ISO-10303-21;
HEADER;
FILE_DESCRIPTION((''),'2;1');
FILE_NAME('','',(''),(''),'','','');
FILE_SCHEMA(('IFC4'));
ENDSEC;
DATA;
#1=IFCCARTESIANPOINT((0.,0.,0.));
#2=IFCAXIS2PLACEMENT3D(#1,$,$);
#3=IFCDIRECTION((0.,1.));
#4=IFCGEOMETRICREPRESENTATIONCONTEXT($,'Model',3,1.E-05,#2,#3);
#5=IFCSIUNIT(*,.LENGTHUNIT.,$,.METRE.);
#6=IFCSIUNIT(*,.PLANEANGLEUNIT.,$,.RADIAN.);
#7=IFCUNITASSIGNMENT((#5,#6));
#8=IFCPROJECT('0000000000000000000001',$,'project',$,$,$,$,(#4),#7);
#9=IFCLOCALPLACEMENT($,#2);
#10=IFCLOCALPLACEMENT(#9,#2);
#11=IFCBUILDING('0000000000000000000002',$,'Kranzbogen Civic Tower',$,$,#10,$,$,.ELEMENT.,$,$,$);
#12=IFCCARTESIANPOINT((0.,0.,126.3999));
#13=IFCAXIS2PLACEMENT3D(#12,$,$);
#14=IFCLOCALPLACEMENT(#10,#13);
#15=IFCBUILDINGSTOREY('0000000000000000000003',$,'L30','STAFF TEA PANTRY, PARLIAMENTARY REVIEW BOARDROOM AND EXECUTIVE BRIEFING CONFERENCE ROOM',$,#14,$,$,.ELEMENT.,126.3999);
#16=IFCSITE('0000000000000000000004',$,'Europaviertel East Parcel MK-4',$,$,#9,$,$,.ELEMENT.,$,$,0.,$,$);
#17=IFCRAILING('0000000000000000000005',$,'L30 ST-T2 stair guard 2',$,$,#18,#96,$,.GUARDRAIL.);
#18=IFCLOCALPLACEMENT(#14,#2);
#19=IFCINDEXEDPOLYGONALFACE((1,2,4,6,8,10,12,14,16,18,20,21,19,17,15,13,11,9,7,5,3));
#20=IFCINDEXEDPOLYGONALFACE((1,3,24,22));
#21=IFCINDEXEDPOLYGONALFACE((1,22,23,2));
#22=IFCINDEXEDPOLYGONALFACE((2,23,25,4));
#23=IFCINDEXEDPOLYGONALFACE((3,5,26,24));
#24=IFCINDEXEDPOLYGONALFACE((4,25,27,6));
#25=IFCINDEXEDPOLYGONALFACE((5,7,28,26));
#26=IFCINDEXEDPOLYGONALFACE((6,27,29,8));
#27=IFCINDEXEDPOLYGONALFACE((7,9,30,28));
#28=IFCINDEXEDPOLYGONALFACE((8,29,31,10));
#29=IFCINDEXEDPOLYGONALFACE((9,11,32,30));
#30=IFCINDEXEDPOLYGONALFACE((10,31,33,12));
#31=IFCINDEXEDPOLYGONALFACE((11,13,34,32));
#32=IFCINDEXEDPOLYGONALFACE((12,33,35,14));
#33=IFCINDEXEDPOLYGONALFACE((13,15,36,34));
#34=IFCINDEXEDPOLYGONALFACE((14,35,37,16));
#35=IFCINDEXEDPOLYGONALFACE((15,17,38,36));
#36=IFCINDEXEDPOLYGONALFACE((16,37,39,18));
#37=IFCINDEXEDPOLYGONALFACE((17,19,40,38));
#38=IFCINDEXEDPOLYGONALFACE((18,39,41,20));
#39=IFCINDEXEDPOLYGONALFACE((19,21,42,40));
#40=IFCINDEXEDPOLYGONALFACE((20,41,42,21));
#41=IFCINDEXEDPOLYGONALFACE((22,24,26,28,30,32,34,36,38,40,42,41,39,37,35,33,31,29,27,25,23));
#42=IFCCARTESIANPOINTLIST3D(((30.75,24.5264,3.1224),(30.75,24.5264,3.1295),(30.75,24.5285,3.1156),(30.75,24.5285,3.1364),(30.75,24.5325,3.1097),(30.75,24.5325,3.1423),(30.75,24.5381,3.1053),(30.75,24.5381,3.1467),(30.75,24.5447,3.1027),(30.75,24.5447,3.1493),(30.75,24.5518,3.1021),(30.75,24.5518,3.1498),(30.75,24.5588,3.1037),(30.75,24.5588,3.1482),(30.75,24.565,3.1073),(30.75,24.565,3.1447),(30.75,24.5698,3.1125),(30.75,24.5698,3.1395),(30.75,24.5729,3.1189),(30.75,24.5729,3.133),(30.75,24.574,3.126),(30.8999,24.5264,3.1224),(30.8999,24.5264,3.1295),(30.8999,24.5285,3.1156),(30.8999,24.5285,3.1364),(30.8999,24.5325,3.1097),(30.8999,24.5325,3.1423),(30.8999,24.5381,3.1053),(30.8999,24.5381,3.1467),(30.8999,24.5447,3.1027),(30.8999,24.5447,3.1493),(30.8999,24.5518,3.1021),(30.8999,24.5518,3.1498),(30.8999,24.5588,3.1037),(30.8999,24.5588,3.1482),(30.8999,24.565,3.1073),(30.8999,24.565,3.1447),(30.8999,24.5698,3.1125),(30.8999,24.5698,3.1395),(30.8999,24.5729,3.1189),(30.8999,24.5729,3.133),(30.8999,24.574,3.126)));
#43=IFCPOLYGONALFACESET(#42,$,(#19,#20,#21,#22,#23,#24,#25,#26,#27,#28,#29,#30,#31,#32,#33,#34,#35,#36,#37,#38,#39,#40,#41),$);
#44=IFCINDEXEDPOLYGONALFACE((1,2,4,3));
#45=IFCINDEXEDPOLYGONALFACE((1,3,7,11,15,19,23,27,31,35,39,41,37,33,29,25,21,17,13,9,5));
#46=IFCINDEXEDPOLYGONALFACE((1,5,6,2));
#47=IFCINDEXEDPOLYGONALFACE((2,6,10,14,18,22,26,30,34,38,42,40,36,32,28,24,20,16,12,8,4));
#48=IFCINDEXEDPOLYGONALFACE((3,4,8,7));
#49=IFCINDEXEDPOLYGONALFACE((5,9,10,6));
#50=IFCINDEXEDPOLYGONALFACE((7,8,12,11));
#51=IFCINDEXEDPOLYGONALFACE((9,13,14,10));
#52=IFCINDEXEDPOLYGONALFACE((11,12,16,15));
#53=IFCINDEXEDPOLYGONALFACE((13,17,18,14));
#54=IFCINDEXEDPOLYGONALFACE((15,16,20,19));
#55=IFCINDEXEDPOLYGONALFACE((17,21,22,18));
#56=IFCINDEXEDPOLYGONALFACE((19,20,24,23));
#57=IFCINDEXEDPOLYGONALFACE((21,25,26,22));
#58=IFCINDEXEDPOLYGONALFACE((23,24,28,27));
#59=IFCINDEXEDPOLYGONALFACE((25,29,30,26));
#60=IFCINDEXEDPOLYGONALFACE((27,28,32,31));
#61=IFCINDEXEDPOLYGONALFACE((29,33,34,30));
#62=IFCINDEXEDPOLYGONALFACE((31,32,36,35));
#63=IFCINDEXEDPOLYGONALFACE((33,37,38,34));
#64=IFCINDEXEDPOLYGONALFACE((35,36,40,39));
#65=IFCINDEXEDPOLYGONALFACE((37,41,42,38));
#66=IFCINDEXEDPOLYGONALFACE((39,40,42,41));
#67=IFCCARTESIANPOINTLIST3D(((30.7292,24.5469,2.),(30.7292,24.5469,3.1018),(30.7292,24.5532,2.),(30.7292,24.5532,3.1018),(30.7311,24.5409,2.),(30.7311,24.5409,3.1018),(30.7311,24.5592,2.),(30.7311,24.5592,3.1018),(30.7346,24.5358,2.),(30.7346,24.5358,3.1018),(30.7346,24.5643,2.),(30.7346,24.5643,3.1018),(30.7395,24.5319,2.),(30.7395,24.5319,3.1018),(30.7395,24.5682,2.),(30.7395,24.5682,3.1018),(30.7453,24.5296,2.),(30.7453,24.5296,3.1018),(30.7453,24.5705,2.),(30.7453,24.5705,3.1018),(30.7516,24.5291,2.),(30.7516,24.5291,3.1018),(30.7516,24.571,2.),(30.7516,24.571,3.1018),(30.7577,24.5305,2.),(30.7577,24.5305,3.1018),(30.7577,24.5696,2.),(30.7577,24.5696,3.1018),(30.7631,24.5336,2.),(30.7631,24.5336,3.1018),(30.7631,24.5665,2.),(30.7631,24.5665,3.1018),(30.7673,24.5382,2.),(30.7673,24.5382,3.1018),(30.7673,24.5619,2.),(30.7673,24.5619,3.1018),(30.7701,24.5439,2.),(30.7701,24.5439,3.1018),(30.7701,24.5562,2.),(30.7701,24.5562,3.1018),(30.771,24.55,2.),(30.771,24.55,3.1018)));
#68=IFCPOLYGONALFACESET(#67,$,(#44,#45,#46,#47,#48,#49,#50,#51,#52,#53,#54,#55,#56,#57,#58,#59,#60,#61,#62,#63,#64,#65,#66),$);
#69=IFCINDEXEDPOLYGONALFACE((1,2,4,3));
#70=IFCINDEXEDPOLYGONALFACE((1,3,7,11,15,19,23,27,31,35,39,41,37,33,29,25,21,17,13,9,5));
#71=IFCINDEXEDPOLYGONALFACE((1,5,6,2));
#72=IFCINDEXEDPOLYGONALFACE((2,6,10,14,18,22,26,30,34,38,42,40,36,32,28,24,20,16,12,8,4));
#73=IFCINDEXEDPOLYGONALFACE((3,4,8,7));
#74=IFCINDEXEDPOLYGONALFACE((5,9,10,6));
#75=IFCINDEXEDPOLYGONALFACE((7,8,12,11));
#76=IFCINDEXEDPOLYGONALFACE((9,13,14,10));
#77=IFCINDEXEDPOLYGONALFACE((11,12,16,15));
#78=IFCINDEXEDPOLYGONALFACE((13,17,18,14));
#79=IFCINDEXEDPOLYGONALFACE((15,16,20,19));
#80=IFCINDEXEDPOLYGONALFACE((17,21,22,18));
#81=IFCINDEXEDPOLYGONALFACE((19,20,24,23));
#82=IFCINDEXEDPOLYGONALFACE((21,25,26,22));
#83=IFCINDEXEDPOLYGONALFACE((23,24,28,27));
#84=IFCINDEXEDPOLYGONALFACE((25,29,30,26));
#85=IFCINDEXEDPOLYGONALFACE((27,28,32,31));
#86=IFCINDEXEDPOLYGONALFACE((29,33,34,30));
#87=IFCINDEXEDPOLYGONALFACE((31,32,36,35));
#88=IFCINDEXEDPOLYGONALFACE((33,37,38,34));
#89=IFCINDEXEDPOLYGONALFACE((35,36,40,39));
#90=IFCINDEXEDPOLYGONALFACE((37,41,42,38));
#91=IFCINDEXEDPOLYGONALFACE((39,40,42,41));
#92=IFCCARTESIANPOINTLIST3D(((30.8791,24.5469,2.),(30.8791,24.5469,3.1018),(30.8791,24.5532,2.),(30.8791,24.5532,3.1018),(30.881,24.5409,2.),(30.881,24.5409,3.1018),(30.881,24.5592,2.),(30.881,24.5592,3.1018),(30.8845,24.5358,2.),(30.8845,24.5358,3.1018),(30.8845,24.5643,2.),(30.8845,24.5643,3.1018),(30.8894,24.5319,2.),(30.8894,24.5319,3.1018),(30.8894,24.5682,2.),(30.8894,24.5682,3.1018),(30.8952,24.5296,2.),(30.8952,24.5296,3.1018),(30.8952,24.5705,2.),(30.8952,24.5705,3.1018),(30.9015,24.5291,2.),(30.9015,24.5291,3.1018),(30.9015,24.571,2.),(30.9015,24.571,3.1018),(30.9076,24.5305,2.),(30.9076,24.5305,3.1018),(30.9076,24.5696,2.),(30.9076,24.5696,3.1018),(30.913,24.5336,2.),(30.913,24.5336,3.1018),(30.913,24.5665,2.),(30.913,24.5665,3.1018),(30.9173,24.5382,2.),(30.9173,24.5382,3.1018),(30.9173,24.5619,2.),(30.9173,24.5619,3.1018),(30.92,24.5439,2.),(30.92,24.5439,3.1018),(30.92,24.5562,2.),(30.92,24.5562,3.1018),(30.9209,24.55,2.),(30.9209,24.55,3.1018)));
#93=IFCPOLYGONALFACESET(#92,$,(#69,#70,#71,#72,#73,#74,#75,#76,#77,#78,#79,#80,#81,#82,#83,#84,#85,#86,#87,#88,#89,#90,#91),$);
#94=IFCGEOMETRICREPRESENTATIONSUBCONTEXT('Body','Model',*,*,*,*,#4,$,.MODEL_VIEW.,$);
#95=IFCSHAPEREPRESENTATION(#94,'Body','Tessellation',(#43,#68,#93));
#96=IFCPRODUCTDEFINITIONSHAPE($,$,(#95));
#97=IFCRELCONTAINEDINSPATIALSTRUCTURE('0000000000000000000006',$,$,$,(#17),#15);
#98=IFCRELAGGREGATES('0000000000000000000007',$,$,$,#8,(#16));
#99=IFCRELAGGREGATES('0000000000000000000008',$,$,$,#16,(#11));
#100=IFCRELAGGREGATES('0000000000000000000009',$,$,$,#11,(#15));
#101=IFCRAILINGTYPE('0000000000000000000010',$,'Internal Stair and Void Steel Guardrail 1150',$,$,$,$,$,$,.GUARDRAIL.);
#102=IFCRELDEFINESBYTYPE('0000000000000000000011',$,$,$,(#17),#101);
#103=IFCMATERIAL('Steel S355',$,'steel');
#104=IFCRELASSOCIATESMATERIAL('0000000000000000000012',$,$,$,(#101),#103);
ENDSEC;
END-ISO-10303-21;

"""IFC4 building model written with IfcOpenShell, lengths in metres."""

from ifc_helpers import new_model, si_unit, direction, frame, origin, origin_2d, place, context, subcontext, project, spatial, circle, extrude, material, type_object, element, save


model = new_model("IFC4")

# Units and contexts
model_context = context("Model", 3, precision=1e-05, world=origin(), true_north=direction((0.0, 1.0)))
body_context = subcontext(model_context, "Body", "Model", "MODEL_VIEW")
ifc_project = project(units=[si_unit("LENGTHUNIT", "METRE"), si_unit("PLANEANGLEUNIT", "RADIAN")], contexts=[model_context])

# Site, building, storey
site_placement = place(None, origin())
site = spatial("IfcSite", under=ifc_project, at=site_placement, Name="Europaviertel East Parcel MK-4", CompositionType="ELEMENT", RefElevation=0.0)
building_placement = place(site_placement, origin())
building = spatial("IfcBuilding", under=site, at=building_placement, Name="Kranzbogen Civic Tower", CompositionType="ELEMENT")
storey_placement = place(building_placement, frame((0.0, 0.0, 126.3999)))
storey = spatial("IfcBuildingStorey", under=building, at=storey_placement, Name="L30", Description="STAFF TEA PANTRY, PARLIAMENTARY REVIEW BOARDROOM AND EXECUTIVE BRIEFING CONFERENCE ROOM", CompositionType="ELEMENT", Elevation=126.3999)

# Shared definitions
ifc_material_1 = material(Name="Steel S355", Category="steel")

# Railing
railing_type = type_object("IfcRailingType", Name="Internal Stair and Void Steel Guardrail 1150", PredefinedType="GUARDRAIL", material=ifc_material_1)
railing_1_placement = place(storey_placement, frame((30.75, 24.55, 2.0)))
element("IfcRailing", 1, at=railing_1_placement, inside=storey, type_object=railing_type, Name="L30 ST-T2 stair guard 2", PredefinedType="GUARDRAIL", context=body_context, shape_type="SweptSolid", body=[
    extrude(circle(Radius=0.0239, at=origin_2d()), frame((0.0, 0.0, 1.126), z_axis=(1.0, 0.0, 0.0), x_axis=(0.0, 1.0, 0.0)), (0.0, 0.0, 1.0), 0.1499),
    extrude(circle(Radius=0.021, at=origin_2d()), origin(), (0.0, 0.0, 1.0), 1.1018),
    extrude(circle(Radius=0.021, at=origin_2d()), frame((0.1499, 0.0, 0.0)), (0.0, 0.0, 1.0), 1.1018),
])

save(model, "model.ifc")
